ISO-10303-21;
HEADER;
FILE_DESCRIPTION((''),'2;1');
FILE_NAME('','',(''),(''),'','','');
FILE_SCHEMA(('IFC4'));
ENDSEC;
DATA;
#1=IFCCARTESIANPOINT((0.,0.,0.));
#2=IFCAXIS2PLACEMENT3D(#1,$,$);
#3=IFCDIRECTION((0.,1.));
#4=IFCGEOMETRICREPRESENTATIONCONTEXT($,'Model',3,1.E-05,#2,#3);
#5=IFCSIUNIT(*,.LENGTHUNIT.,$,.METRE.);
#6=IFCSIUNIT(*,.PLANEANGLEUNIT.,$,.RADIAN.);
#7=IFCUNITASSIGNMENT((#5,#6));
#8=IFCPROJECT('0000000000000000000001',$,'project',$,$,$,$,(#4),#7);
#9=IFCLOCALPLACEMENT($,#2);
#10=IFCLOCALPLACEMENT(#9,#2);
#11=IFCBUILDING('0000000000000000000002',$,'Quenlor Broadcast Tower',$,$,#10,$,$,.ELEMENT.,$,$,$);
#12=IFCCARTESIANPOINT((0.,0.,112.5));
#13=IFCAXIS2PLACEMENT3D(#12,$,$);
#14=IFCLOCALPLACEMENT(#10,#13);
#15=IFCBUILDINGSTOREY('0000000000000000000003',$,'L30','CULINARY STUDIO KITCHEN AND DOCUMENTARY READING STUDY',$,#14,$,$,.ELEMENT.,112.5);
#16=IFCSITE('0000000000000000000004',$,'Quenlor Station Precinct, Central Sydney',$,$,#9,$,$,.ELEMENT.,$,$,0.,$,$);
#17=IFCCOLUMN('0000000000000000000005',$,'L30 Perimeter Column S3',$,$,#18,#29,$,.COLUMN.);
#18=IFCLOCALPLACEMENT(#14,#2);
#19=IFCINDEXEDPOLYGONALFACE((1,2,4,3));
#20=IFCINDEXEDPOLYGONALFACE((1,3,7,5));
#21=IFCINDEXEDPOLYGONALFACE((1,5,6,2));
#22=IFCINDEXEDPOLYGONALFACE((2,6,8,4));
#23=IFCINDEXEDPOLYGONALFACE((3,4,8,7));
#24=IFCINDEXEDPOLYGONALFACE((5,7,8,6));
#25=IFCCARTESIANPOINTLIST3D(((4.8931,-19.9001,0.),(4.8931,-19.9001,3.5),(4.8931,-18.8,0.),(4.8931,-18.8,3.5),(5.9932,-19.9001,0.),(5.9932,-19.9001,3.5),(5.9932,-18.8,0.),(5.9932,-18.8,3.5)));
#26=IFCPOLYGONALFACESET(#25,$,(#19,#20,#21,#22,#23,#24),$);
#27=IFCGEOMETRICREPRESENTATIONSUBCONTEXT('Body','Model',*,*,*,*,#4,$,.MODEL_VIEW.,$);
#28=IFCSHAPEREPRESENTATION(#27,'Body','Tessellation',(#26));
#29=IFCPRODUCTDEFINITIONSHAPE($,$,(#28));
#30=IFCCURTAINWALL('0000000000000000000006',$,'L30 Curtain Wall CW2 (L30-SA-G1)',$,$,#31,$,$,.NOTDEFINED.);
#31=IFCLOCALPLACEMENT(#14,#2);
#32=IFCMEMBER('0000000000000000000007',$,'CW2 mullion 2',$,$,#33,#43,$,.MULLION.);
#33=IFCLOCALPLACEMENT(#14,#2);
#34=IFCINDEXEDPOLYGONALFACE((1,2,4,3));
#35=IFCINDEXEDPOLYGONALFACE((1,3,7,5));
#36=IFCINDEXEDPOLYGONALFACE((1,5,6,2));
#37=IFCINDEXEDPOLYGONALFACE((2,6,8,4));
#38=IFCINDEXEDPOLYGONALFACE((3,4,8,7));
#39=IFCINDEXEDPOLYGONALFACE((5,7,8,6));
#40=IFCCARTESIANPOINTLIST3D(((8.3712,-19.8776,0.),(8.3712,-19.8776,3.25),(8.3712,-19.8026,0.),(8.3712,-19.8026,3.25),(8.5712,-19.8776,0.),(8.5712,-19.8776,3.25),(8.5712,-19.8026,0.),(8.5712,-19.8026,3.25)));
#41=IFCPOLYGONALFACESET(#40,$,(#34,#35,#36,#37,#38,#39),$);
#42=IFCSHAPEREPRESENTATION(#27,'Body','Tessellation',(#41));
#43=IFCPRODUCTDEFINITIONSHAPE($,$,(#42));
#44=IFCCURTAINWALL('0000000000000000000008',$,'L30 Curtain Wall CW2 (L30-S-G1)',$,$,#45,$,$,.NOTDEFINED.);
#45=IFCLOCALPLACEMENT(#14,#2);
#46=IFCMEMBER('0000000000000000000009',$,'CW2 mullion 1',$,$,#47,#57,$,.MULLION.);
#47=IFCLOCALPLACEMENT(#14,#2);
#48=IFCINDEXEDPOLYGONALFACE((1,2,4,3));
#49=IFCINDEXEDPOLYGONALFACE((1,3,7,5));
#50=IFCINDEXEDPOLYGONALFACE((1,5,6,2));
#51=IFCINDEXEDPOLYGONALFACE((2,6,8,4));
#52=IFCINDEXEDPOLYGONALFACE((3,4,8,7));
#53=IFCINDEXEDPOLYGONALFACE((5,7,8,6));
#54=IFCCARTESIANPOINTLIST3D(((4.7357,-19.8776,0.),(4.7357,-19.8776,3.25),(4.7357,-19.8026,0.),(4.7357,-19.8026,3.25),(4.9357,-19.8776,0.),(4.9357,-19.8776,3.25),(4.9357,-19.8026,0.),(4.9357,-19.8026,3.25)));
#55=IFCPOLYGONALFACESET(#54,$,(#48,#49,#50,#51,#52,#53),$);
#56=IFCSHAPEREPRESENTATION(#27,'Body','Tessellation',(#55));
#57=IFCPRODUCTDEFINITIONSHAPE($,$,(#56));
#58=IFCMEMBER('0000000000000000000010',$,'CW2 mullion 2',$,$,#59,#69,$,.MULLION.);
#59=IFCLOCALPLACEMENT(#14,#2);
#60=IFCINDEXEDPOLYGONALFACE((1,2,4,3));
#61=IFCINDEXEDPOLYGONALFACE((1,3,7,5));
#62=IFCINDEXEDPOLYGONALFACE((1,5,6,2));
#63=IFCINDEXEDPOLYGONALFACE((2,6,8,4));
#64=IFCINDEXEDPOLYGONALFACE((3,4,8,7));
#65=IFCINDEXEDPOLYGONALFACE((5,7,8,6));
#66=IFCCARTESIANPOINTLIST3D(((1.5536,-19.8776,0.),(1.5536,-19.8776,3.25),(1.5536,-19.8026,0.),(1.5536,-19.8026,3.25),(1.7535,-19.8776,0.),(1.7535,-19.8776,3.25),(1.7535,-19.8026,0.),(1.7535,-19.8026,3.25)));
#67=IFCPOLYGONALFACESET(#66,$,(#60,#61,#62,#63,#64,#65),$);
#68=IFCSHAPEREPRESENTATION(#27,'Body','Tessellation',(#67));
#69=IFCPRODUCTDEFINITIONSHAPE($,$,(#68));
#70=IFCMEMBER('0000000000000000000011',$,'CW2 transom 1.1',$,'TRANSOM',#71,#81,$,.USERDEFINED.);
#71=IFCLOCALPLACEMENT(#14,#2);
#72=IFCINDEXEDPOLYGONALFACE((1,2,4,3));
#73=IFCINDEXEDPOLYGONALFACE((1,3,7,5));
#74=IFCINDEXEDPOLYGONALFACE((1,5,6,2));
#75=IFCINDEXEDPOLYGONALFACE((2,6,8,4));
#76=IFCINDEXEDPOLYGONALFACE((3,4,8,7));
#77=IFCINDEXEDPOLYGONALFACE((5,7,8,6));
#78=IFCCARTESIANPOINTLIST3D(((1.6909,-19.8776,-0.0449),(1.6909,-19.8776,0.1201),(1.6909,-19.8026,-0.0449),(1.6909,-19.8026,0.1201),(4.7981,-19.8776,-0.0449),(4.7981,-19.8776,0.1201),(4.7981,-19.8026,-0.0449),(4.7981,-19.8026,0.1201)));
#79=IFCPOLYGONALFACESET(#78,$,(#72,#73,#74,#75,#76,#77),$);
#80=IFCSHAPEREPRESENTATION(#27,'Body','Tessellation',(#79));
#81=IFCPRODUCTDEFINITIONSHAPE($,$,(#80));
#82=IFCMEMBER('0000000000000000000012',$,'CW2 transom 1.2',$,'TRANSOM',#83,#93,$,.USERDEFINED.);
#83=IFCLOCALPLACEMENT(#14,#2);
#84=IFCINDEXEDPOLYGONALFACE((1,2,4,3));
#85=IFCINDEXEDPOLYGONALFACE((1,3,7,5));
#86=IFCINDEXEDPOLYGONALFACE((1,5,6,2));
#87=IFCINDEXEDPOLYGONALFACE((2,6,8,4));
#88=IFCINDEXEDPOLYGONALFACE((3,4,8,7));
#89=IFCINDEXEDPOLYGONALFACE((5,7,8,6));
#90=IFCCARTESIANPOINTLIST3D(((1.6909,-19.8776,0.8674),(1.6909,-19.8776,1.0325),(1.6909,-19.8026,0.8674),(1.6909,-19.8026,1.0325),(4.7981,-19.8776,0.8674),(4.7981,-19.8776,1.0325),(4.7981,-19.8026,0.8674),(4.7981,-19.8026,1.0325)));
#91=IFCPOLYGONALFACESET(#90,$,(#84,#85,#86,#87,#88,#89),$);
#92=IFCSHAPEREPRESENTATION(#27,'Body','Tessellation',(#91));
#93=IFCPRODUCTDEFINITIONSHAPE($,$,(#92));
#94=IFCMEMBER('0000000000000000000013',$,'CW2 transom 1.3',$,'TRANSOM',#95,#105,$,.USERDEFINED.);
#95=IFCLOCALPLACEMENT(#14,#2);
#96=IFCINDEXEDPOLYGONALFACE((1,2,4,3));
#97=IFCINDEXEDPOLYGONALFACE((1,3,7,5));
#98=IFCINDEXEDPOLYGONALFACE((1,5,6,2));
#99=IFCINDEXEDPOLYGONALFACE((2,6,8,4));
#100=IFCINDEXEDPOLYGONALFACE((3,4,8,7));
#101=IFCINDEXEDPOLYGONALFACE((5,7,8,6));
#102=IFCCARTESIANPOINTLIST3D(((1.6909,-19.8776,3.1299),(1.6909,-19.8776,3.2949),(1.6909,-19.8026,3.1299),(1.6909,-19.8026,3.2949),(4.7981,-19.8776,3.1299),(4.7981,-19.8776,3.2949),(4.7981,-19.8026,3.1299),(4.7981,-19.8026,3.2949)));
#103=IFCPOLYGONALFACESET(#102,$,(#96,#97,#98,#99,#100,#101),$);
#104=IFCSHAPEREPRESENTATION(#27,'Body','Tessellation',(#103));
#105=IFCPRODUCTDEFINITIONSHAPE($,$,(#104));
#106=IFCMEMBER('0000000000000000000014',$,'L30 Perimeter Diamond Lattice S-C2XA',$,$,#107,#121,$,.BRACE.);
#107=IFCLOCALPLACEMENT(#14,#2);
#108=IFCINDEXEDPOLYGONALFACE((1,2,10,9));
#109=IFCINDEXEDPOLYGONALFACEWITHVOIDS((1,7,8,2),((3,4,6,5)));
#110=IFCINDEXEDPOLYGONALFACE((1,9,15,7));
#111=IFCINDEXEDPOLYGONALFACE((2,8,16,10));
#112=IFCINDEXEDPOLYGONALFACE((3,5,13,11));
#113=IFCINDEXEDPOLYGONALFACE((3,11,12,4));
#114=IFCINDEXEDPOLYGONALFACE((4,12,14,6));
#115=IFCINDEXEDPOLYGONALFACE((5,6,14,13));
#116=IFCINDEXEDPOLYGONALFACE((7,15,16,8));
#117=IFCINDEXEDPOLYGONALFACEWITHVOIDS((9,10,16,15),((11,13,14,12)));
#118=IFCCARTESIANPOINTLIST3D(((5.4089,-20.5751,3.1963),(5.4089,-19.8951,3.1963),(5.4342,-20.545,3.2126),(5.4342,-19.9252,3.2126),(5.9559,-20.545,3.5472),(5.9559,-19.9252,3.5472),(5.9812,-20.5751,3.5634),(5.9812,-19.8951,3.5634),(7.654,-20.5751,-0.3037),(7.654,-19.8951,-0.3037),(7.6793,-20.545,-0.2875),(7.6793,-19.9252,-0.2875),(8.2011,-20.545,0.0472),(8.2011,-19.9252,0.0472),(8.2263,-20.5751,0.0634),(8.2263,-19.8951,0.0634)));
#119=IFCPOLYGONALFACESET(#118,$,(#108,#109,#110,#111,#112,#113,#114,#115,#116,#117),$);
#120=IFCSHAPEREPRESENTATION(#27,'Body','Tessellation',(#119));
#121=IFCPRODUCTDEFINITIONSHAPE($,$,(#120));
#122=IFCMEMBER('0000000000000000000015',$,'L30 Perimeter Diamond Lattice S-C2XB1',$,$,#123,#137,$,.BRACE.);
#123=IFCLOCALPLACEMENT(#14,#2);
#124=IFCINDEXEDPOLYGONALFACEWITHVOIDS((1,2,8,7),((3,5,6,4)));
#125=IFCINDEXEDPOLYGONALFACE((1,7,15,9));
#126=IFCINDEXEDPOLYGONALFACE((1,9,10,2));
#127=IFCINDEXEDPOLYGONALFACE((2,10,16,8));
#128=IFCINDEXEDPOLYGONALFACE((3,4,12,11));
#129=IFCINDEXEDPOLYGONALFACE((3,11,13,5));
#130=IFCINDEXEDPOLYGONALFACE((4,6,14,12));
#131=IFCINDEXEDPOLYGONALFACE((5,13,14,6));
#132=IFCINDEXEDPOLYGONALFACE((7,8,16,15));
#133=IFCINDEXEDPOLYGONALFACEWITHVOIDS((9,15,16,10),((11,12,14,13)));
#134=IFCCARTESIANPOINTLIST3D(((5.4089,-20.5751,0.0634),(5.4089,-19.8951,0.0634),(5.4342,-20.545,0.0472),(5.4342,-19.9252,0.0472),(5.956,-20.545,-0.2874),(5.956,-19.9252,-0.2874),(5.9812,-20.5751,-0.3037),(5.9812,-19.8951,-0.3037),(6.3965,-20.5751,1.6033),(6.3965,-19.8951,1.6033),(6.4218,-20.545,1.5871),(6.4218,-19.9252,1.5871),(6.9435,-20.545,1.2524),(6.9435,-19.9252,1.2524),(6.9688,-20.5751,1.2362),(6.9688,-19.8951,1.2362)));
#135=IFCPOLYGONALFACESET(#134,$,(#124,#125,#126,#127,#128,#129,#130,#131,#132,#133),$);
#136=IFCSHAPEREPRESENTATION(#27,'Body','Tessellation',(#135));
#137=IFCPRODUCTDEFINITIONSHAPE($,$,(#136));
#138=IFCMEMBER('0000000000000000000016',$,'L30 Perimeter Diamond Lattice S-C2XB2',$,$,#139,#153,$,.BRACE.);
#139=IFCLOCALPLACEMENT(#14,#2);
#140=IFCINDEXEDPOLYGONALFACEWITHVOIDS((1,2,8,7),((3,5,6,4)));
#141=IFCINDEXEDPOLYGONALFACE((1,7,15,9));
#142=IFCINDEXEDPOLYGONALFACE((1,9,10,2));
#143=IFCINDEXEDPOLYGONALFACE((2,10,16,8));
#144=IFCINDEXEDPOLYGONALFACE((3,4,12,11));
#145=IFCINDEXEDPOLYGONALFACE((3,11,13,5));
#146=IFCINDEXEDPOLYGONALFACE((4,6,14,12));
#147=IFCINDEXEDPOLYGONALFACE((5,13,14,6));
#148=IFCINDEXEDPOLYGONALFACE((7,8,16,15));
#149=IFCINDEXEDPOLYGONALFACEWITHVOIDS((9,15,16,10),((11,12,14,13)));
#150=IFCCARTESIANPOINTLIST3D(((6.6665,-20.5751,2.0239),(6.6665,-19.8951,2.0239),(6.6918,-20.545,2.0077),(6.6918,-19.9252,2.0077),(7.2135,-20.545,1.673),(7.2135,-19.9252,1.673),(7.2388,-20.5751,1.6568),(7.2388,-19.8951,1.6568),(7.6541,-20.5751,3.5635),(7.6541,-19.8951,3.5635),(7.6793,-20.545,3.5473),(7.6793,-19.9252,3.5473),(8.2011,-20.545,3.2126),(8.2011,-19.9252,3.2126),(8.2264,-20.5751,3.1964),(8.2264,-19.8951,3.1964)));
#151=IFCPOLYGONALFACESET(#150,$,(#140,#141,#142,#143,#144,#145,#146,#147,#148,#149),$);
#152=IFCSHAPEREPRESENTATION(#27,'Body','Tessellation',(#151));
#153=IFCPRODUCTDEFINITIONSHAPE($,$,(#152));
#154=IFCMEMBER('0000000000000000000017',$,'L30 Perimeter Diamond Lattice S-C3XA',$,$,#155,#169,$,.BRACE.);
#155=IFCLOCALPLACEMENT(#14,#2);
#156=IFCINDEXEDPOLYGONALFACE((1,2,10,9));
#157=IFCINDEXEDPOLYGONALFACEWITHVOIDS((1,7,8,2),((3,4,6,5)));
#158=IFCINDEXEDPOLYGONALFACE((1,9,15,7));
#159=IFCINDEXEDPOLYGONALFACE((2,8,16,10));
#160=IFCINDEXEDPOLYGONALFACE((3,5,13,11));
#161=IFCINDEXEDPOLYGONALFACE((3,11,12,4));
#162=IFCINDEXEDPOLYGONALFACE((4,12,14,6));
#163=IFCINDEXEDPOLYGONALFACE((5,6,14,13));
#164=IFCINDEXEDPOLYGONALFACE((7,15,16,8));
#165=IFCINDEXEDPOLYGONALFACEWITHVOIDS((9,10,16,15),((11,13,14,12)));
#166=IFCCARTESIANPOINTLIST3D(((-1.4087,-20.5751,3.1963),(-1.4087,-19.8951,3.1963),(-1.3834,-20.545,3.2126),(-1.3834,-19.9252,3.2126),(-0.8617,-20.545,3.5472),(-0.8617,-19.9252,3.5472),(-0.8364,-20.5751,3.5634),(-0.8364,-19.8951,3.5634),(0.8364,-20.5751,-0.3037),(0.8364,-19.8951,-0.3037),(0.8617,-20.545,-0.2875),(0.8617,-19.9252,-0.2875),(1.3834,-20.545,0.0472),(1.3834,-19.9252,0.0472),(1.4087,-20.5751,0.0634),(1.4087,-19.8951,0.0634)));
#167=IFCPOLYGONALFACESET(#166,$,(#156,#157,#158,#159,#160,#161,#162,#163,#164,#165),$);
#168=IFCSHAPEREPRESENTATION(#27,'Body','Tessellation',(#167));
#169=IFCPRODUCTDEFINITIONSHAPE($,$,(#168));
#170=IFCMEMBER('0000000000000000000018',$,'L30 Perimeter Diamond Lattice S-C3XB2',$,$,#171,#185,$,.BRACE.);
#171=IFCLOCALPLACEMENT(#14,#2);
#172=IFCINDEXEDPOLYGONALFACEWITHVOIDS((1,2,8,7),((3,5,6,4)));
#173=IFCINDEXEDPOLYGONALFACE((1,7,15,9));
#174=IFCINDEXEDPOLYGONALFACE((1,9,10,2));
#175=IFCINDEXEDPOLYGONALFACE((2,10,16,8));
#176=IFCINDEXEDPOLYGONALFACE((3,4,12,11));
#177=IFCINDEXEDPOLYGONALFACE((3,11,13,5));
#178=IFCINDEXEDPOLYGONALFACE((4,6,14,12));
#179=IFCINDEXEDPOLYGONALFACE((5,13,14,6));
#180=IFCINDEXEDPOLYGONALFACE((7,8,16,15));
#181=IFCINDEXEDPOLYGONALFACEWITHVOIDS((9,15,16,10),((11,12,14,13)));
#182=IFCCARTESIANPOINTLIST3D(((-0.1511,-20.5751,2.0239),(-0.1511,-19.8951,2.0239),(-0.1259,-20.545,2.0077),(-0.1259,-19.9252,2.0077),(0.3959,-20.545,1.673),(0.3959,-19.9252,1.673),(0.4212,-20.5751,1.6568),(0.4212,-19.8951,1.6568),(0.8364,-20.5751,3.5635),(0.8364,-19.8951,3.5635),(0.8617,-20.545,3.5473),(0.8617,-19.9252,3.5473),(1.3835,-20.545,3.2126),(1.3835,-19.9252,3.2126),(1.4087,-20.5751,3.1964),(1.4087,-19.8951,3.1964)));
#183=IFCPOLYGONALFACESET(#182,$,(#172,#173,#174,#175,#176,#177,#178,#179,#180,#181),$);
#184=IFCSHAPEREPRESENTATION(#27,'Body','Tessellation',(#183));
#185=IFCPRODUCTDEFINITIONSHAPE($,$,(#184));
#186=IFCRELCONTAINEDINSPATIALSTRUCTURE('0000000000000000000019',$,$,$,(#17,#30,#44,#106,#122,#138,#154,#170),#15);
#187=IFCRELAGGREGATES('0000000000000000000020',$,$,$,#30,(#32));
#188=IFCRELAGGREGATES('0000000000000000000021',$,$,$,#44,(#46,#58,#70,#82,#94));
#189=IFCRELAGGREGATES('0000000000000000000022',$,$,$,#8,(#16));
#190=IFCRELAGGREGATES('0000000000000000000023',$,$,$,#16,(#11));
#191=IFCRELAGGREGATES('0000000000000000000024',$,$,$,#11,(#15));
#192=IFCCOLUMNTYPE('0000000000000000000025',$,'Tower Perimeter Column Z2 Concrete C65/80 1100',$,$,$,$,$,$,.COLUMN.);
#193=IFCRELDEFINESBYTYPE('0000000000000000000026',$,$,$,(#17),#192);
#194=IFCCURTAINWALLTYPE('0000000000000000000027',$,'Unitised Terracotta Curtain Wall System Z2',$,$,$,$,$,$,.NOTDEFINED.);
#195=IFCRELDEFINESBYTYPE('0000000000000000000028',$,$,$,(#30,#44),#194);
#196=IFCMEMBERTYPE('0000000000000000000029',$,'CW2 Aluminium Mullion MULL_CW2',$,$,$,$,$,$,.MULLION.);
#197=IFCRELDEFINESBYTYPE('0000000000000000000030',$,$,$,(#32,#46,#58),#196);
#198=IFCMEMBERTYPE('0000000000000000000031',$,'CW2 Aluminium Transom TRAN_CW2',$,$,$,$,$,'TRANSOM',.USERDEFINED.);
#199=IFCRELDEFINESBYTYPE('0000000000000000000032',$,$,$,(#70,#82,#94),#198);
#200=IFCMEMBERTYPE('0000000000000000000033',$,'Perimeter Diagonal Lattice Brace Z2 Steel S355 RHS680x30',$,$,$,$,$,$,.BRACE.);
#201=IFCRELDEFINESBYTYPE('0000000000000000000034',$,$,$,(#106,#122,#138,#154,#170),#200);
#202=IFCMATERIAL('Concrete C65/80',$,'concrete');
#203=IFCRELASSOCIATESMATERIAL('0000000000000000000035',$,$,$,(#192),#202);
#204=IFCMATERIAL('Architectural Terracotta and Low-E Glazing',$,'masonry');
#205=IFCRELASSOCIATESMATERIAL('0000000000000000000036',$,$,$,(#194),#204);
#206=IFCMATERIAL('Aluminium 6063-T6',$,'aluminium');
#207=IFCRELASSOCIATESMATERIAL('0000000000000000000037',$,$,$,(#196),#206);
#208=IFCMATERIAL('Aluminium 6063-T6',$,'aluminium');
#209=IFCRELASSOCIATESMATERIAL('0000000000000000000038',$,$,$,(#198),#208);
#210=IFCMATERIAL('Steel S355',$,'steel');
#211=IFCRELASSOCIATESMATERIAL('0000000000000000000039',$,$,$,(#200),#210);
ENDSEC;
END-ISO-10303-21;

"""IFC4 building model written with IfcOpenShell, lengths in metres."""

from ifc_helpers import new_model, si_unit, direction, frame, origin, origin_2d, place, context, subcontext, project, spatial, rectangle, hollow_rectangle, extrude, material, material_profile, profile_set, type_object, element, aggregate, save


model = new_model("IFC4")

# Units and contexts
model_context = context("Model", 3, precision=1e-05, world=origin(), true_north=direction((0.0, 1.0)))
body_context = subcontext(model_context, "Body", "Model", "MODEL_VIEW")
ifc_project = project(units=[si_unit("LENGTHUNIT", "METRE"), si_unit("PLANEANGLEUNIT", "RADIAN")], contexts=[model_context])

# Site, building, storey
site_placement = place(None, origin())
site = spatial("IfcSite", under=ifc_project, at=site_placement, Name="Quenlor Station Precinct, Central Sydney", CompositionType="ELEMENT", RefElevation=0.0)
building_placement = place(site_placement, origin())
building = spatial("IfcBuilding", under=site, at=building_placement, Name="Quenlor Broadcast Tower", CompositionType="ELEMENT")
storey_placement = place(building_placement, frame((0.0, 0.0, 112.5)))
storey = spatial("IfcBuildingStorey", under=building, at=storey_placement, Name="L30", Description="CULINARY STUDIO KITCHEN AND DOCUMENTARY READING STUDY", CompositionType="ELEMENT", Elevation=112.5)

# Column
ifc_material_1 = material(Name="Concrete C65/80", Category="concrete")
ifc_material_profile_1 = material_profile(ifc_material_1, rectangle(XDim=1.1001, YDim=1.1001, at=origin_2d()))
ifc_profile_set_1 = profile_set([ifc_material_profile_1], Name="Concrete C65/80 RC1100x1100")
column_type = type_object("IfcColumnType", Name="Tower Perimeter Column Z2 Concrete C65/80 1100", PredefinedType="COLUMN", material=ifc_profile_set_1)
column_placement = place(storey_placement, frame((5.4431, -19.3501, 0.0), z_axis=(0.0, 0.0, 1.0), x_axis=(0.0, 1.0, 0.0)))
element("IfcColumn", 1, at=column_placement, inside=storey, type_object=column_type, Name="L30 Perimeter Column S3", PredefinedType="COLUMN", context=body_context, shape_type="SweptSolid", body=[
    extrude(rectangle(XDim=1.1001, YDim=1.1001, at=origin_2d()), origin(), (0.0, 0.0, 1.0), 3.5),
])

# Curtain wall, member
ifc_material_2 = material(Name="Architectural Terracotta and Low-E Glazing", Category="masonry")
curtain_wall_type = type_object("IfcCurtainWallType", Name="Unitised Terracotta Curtain Wall System Z2", PredefinedType="NOTDEFINED", material=ifc_material_2)
curtain_wall_1_placement = place(storey_placement, origin())
curtain_wall_1 = element("IfcCurtainWall", 2, at=curtain_wall_1_placement, inside=storey, type_object=curtain_wall_type, Name="L30 Curtain Wall CW2 (L30-SA-G1)", PredefinedType="NOTDEFINED")
ifc_material_3 = material(Name="Aluminium 6063-T6", Category="aluminium")
ifc_material_profile_2 = material_profile(ifc_material_3, rectangle(XDim=0.075, YDim=0.2, at=origin_2d()))
ifc_profile_set_2 = profile_set([ifc_material_profile_2], Name="Aluminium 6063-T6 MULL75x200")
member_type_1 = type_object("IfcMemberType", Name="CW2 Aluminium Mullion MULL_CW2", PredefinedType="MULLION", material=ifc_profile_set_2)
member_1_placement = place(storey_placement, frame((8.4712, -19.8401, 0.0), z_axis=(0.0, 0.0, 1.0), x_axis=(0.0, -1.0, 0.0)))
member_1 = element("IfcMember", 3, at=member_1_placement, type_object=member_type_1, Name="CW2 mullion 2", PredefinedType="MULLION", context=body_context, shape_type="SweptSolid", body=[
    extrude(rectangle(XDim=0.075, YDim=0.2, at=origin_2d()), origin(), (0.0, 0.0, 1.0), 3.25),
])

# Curtain wall, members
curtain_wall_2_placement = place(storey_placement, origin())
curtain_wall_2 = element("IfcCurtainWall", 4, at=curtain_wall_2_placement, inside=storey, type_object=curtain_wall_type, Name="L30 Curtain Wall CW2 (L30-S-G1)", PredefinedType="NOTDEFINED")
member_2_placement = place(storey_placement, frame((4.8357, -19.8401, 0.0), z_axis=(0.0, 0.0, 1.0), x_axis=(0.0, -1.0, 0.0)))
member_2 = element("IfcMember", 5, at=member_2_placement, type_object=member_type_1, Name="CW2 mullion 1", PredefinedType="MULLION", context=body_context, shape_type="SweptSolid", body=[
    extrude(rectangle(XDim=0.075, YDim=0.2, at=origin_2d()), origin(), (0.0, 0.0, 1.0), 3.25),
])
member_3_placement = place(storey_placement, frame((1.6536, -19.8401, 0.0), z_axis=(0.0, 0.0, 1.0), x_axis=(0.0, -1.0, 0.0)))
member_3 = element("IfcMember", 6, at=member_3_placement, type_object=member_type_1, Name="CW2 mullion 2", PredefinedType="MULLION", context=body_context, shape_type="SweptSolid", body=[
    extrude(rectangle(XDim=0.075, YDim=0.2, at=origin_2d()), origin(), (0.0, 0.0, 1.0), 3.25),
])
ifc_material_4 = material(Name="Aluminium 6063-T6", Category="aluminium")
ifc_material_profile_3 = material_profile(ifc_material_4, rectangle(XDim=0.075, YDim=0.165, at=origin_2d()))
ifc_profile_set_3 = profile_set([ifc_material_profile_3], Name="Aluminium 6063-T6 TRAN75x165")
member_type_2 = type_object("IfcMemberType", Name="CW2 Aluminium Transom TRAN_CW2", ElementType="TRANSOM", PredefinedType="USERDEFINED", material=ifc_profile_set_3)
member_4_placement = place(storey_placement, frame((4.7981, -19.8401, 0.0376), z_axis=(-1.0, 0.0, 0.0), x_axis=(0.0, -1.0, 0.0)))
member_4 = element("IfcMember", 7, at=member_4_placement, type_object=member_type_2, Name="CW2 transom 1.1", ObjectType="TRANSOM", PredefinedType="USERDEFINED", context=body_context, shape_type="SweptSolid", body=[
    extrude(rectangle(XDim=0.075, YDim=0.165, at=origin_2d()), origin(), (0.0, 0.0, 1.0), 3.1072),
])
member_5_placement = place(storey_placement, frame((4.7981, -19.8401, 0.95), z_axis=(-1.0, 0.0, 0.0), x_axis=(0.0, -1.0, 0.0)))
member_5 = element("IfcMember", 8, at=member_5_placement, type_object=member_type_2, Name="CW2 transom 1.2", ObjectType="TRANSOM", PredefinedType="USERDEFINED", context=body_context, shape_type="SweptSolid", body=[
    extrude(rectangle(XDim=0.075, YDim=0.165, at=origin_2d()), origin(), (0.0, 0.0, 1.0), 3.1072),
])
member_6_placement = place(storey_placement, frame((4.7981, -19.8401, 3.2124), z_axis=(-1.0, 0.0, 0.0), x_axis=(0.0, -1.0, 0.0)))
member_6 = element("IfcMember", 9, at=member_6_placement, type_object=member_type_2, Name="CW2 transom 1.3", ObjectType="TRANSOM", PredefinedType="USERDEFINED", context=body_context, shape_type="SweptSolid", body=[
    extrude(rectangle(XDim=0.075, YDim=0.165, at=origin_2d()), origin(), (0.0, 0.0, 1.0), 3.1072),
])

# Members
ifc_material_5 = material(Name="Steel S355", Category="steel")
ifc_material_profile_4 = material_profile(ifc_material_5, hollow_rectangle(XDim=0.6799, YDim=0.6799, WallThickness=0.03, at=origin_2d()))
ifc_profile_set_4 = profile_set([ifc_material_profile_4], Name="Steel S355 RHS680x680x30")
member_type_3 = type_object("IfcMemberType", Name="Perimeter Diagonal Lattice Brace Z2 Steel S355 RHS680x30", PredefinedType="BRACE", material=ifc_profile_set_4)
member_7_placement = place(storey_placement, frame((7.9402, -20.2351, -0.1201), z_axis=(-0.539926, 0.0, 0.841712), x_axis=(0.0, -1.0, 0.0)))
element("IfcMember", 10, at=member_7_placement, inside=storey, type_object=member_type_3, Name="L30 Perimeter Diamond Lattice S-C2XA", PredefinedType="BRACE", context=body_context, shape_type="SweptSolid", body=[
    extrude(hollow_rectangle(XDim=0.6799, YDim=0.6799, WallThickness=0.03, at=origin_2d()), origin(), (0.0, 0.0, 1.0), 4.1582),
])
member_8_placement = place(storey_placement, frame((5.6951, -20.2351, -0.1201), z_axis=(0.53986, 0.0, 0.841755), x_axis=(0.0, 1.0, 0.0)))
element("IfcMember", 11, at=member_8_placement, inside=storey, type_object=member_type_3, Name="L30 Perimeter Diamond Lattice S-C2XB1", PredefinedType="BRACE", context=body_context, shape_type="SweptSolid", body=[
    extrude(hollow_rectangle(XDim=0.6799, YDim=0.6799, WallThickness=0.03, at=origin_2d()), origin(), (0.0, 0.0, 1.0), 1.8293),
])
member_9_placement = place(storey_placement, frame((6.9526, -20.2351, 1.8403), z_axis=(0.539921, 0.0, 0.841716), x_axis=(0.0, 1.0, 0.0)))
element("IfcMember", 12, at=member_9_placement, inside=storey, type_object=member_type_3, Name="L30 Perimeter Diamond Lattice S-C2XB2", PredefinedType="BRACE", context=body_context, shape_type="SweptSolid", body=[
    extrude(hollow_rectangle(XDim=0.6799, YDim=0.6799, WallThickness=0.03, at=origin_2d()), origin(), (0.0, 0.0, 1.0), 1.8291),
])
member_10_placement = place(storey_placement, frame((1.1226, -20.2351, -0.1201), z_axis=(-0.539926, 0.0, 0.841712), x_axis=(0.0, -1.0, 0.0)))
element("IfcMember", 13, at=member_10_placement, inside=storey, type_object=member_type_3, Name="L30 Perimeter Diamond Lattice S-C3XA", PredefinedType="BRACE", context=body_context, shape_type="SweptSolid", body=[
    extrude(hollow_rectangle(XDim=0.6799, YDim=0.6799, WallThickness=0.03, at=origin_2d()), origin(), (0.0, 0.0, 1.0), 4.1582),
])
member_11_placement = place(storey_placement, frame((0.135, -20.2351, 1.8403), z_axis=(0.539921, 0.0, 0.841716), x_axis=(0.0, 1.0, 0.0)))
element("IfcMember", 14, at=member_11_placement, inside=storey, type_object=member_type_3, Name="L30 Perimeter Diamond Lattice S-C3XB2", PredefinedType="BRACE", context=body_context, shape_type="SweptSolid", body=[
    extrude(hollow_rectangle(XDim=0.6799, YDim=0.6799, WallThickness=0.03, at=origin_2d()), origin(), (0.0, 0.0, 1.0), 1.8291),
])

aggregate(curtain_wall_1, [member_1])
aggregate(curtain_wall_2, [member_2, member_3, member_4, member_5, member_6])

save(model, "model.ifc")
